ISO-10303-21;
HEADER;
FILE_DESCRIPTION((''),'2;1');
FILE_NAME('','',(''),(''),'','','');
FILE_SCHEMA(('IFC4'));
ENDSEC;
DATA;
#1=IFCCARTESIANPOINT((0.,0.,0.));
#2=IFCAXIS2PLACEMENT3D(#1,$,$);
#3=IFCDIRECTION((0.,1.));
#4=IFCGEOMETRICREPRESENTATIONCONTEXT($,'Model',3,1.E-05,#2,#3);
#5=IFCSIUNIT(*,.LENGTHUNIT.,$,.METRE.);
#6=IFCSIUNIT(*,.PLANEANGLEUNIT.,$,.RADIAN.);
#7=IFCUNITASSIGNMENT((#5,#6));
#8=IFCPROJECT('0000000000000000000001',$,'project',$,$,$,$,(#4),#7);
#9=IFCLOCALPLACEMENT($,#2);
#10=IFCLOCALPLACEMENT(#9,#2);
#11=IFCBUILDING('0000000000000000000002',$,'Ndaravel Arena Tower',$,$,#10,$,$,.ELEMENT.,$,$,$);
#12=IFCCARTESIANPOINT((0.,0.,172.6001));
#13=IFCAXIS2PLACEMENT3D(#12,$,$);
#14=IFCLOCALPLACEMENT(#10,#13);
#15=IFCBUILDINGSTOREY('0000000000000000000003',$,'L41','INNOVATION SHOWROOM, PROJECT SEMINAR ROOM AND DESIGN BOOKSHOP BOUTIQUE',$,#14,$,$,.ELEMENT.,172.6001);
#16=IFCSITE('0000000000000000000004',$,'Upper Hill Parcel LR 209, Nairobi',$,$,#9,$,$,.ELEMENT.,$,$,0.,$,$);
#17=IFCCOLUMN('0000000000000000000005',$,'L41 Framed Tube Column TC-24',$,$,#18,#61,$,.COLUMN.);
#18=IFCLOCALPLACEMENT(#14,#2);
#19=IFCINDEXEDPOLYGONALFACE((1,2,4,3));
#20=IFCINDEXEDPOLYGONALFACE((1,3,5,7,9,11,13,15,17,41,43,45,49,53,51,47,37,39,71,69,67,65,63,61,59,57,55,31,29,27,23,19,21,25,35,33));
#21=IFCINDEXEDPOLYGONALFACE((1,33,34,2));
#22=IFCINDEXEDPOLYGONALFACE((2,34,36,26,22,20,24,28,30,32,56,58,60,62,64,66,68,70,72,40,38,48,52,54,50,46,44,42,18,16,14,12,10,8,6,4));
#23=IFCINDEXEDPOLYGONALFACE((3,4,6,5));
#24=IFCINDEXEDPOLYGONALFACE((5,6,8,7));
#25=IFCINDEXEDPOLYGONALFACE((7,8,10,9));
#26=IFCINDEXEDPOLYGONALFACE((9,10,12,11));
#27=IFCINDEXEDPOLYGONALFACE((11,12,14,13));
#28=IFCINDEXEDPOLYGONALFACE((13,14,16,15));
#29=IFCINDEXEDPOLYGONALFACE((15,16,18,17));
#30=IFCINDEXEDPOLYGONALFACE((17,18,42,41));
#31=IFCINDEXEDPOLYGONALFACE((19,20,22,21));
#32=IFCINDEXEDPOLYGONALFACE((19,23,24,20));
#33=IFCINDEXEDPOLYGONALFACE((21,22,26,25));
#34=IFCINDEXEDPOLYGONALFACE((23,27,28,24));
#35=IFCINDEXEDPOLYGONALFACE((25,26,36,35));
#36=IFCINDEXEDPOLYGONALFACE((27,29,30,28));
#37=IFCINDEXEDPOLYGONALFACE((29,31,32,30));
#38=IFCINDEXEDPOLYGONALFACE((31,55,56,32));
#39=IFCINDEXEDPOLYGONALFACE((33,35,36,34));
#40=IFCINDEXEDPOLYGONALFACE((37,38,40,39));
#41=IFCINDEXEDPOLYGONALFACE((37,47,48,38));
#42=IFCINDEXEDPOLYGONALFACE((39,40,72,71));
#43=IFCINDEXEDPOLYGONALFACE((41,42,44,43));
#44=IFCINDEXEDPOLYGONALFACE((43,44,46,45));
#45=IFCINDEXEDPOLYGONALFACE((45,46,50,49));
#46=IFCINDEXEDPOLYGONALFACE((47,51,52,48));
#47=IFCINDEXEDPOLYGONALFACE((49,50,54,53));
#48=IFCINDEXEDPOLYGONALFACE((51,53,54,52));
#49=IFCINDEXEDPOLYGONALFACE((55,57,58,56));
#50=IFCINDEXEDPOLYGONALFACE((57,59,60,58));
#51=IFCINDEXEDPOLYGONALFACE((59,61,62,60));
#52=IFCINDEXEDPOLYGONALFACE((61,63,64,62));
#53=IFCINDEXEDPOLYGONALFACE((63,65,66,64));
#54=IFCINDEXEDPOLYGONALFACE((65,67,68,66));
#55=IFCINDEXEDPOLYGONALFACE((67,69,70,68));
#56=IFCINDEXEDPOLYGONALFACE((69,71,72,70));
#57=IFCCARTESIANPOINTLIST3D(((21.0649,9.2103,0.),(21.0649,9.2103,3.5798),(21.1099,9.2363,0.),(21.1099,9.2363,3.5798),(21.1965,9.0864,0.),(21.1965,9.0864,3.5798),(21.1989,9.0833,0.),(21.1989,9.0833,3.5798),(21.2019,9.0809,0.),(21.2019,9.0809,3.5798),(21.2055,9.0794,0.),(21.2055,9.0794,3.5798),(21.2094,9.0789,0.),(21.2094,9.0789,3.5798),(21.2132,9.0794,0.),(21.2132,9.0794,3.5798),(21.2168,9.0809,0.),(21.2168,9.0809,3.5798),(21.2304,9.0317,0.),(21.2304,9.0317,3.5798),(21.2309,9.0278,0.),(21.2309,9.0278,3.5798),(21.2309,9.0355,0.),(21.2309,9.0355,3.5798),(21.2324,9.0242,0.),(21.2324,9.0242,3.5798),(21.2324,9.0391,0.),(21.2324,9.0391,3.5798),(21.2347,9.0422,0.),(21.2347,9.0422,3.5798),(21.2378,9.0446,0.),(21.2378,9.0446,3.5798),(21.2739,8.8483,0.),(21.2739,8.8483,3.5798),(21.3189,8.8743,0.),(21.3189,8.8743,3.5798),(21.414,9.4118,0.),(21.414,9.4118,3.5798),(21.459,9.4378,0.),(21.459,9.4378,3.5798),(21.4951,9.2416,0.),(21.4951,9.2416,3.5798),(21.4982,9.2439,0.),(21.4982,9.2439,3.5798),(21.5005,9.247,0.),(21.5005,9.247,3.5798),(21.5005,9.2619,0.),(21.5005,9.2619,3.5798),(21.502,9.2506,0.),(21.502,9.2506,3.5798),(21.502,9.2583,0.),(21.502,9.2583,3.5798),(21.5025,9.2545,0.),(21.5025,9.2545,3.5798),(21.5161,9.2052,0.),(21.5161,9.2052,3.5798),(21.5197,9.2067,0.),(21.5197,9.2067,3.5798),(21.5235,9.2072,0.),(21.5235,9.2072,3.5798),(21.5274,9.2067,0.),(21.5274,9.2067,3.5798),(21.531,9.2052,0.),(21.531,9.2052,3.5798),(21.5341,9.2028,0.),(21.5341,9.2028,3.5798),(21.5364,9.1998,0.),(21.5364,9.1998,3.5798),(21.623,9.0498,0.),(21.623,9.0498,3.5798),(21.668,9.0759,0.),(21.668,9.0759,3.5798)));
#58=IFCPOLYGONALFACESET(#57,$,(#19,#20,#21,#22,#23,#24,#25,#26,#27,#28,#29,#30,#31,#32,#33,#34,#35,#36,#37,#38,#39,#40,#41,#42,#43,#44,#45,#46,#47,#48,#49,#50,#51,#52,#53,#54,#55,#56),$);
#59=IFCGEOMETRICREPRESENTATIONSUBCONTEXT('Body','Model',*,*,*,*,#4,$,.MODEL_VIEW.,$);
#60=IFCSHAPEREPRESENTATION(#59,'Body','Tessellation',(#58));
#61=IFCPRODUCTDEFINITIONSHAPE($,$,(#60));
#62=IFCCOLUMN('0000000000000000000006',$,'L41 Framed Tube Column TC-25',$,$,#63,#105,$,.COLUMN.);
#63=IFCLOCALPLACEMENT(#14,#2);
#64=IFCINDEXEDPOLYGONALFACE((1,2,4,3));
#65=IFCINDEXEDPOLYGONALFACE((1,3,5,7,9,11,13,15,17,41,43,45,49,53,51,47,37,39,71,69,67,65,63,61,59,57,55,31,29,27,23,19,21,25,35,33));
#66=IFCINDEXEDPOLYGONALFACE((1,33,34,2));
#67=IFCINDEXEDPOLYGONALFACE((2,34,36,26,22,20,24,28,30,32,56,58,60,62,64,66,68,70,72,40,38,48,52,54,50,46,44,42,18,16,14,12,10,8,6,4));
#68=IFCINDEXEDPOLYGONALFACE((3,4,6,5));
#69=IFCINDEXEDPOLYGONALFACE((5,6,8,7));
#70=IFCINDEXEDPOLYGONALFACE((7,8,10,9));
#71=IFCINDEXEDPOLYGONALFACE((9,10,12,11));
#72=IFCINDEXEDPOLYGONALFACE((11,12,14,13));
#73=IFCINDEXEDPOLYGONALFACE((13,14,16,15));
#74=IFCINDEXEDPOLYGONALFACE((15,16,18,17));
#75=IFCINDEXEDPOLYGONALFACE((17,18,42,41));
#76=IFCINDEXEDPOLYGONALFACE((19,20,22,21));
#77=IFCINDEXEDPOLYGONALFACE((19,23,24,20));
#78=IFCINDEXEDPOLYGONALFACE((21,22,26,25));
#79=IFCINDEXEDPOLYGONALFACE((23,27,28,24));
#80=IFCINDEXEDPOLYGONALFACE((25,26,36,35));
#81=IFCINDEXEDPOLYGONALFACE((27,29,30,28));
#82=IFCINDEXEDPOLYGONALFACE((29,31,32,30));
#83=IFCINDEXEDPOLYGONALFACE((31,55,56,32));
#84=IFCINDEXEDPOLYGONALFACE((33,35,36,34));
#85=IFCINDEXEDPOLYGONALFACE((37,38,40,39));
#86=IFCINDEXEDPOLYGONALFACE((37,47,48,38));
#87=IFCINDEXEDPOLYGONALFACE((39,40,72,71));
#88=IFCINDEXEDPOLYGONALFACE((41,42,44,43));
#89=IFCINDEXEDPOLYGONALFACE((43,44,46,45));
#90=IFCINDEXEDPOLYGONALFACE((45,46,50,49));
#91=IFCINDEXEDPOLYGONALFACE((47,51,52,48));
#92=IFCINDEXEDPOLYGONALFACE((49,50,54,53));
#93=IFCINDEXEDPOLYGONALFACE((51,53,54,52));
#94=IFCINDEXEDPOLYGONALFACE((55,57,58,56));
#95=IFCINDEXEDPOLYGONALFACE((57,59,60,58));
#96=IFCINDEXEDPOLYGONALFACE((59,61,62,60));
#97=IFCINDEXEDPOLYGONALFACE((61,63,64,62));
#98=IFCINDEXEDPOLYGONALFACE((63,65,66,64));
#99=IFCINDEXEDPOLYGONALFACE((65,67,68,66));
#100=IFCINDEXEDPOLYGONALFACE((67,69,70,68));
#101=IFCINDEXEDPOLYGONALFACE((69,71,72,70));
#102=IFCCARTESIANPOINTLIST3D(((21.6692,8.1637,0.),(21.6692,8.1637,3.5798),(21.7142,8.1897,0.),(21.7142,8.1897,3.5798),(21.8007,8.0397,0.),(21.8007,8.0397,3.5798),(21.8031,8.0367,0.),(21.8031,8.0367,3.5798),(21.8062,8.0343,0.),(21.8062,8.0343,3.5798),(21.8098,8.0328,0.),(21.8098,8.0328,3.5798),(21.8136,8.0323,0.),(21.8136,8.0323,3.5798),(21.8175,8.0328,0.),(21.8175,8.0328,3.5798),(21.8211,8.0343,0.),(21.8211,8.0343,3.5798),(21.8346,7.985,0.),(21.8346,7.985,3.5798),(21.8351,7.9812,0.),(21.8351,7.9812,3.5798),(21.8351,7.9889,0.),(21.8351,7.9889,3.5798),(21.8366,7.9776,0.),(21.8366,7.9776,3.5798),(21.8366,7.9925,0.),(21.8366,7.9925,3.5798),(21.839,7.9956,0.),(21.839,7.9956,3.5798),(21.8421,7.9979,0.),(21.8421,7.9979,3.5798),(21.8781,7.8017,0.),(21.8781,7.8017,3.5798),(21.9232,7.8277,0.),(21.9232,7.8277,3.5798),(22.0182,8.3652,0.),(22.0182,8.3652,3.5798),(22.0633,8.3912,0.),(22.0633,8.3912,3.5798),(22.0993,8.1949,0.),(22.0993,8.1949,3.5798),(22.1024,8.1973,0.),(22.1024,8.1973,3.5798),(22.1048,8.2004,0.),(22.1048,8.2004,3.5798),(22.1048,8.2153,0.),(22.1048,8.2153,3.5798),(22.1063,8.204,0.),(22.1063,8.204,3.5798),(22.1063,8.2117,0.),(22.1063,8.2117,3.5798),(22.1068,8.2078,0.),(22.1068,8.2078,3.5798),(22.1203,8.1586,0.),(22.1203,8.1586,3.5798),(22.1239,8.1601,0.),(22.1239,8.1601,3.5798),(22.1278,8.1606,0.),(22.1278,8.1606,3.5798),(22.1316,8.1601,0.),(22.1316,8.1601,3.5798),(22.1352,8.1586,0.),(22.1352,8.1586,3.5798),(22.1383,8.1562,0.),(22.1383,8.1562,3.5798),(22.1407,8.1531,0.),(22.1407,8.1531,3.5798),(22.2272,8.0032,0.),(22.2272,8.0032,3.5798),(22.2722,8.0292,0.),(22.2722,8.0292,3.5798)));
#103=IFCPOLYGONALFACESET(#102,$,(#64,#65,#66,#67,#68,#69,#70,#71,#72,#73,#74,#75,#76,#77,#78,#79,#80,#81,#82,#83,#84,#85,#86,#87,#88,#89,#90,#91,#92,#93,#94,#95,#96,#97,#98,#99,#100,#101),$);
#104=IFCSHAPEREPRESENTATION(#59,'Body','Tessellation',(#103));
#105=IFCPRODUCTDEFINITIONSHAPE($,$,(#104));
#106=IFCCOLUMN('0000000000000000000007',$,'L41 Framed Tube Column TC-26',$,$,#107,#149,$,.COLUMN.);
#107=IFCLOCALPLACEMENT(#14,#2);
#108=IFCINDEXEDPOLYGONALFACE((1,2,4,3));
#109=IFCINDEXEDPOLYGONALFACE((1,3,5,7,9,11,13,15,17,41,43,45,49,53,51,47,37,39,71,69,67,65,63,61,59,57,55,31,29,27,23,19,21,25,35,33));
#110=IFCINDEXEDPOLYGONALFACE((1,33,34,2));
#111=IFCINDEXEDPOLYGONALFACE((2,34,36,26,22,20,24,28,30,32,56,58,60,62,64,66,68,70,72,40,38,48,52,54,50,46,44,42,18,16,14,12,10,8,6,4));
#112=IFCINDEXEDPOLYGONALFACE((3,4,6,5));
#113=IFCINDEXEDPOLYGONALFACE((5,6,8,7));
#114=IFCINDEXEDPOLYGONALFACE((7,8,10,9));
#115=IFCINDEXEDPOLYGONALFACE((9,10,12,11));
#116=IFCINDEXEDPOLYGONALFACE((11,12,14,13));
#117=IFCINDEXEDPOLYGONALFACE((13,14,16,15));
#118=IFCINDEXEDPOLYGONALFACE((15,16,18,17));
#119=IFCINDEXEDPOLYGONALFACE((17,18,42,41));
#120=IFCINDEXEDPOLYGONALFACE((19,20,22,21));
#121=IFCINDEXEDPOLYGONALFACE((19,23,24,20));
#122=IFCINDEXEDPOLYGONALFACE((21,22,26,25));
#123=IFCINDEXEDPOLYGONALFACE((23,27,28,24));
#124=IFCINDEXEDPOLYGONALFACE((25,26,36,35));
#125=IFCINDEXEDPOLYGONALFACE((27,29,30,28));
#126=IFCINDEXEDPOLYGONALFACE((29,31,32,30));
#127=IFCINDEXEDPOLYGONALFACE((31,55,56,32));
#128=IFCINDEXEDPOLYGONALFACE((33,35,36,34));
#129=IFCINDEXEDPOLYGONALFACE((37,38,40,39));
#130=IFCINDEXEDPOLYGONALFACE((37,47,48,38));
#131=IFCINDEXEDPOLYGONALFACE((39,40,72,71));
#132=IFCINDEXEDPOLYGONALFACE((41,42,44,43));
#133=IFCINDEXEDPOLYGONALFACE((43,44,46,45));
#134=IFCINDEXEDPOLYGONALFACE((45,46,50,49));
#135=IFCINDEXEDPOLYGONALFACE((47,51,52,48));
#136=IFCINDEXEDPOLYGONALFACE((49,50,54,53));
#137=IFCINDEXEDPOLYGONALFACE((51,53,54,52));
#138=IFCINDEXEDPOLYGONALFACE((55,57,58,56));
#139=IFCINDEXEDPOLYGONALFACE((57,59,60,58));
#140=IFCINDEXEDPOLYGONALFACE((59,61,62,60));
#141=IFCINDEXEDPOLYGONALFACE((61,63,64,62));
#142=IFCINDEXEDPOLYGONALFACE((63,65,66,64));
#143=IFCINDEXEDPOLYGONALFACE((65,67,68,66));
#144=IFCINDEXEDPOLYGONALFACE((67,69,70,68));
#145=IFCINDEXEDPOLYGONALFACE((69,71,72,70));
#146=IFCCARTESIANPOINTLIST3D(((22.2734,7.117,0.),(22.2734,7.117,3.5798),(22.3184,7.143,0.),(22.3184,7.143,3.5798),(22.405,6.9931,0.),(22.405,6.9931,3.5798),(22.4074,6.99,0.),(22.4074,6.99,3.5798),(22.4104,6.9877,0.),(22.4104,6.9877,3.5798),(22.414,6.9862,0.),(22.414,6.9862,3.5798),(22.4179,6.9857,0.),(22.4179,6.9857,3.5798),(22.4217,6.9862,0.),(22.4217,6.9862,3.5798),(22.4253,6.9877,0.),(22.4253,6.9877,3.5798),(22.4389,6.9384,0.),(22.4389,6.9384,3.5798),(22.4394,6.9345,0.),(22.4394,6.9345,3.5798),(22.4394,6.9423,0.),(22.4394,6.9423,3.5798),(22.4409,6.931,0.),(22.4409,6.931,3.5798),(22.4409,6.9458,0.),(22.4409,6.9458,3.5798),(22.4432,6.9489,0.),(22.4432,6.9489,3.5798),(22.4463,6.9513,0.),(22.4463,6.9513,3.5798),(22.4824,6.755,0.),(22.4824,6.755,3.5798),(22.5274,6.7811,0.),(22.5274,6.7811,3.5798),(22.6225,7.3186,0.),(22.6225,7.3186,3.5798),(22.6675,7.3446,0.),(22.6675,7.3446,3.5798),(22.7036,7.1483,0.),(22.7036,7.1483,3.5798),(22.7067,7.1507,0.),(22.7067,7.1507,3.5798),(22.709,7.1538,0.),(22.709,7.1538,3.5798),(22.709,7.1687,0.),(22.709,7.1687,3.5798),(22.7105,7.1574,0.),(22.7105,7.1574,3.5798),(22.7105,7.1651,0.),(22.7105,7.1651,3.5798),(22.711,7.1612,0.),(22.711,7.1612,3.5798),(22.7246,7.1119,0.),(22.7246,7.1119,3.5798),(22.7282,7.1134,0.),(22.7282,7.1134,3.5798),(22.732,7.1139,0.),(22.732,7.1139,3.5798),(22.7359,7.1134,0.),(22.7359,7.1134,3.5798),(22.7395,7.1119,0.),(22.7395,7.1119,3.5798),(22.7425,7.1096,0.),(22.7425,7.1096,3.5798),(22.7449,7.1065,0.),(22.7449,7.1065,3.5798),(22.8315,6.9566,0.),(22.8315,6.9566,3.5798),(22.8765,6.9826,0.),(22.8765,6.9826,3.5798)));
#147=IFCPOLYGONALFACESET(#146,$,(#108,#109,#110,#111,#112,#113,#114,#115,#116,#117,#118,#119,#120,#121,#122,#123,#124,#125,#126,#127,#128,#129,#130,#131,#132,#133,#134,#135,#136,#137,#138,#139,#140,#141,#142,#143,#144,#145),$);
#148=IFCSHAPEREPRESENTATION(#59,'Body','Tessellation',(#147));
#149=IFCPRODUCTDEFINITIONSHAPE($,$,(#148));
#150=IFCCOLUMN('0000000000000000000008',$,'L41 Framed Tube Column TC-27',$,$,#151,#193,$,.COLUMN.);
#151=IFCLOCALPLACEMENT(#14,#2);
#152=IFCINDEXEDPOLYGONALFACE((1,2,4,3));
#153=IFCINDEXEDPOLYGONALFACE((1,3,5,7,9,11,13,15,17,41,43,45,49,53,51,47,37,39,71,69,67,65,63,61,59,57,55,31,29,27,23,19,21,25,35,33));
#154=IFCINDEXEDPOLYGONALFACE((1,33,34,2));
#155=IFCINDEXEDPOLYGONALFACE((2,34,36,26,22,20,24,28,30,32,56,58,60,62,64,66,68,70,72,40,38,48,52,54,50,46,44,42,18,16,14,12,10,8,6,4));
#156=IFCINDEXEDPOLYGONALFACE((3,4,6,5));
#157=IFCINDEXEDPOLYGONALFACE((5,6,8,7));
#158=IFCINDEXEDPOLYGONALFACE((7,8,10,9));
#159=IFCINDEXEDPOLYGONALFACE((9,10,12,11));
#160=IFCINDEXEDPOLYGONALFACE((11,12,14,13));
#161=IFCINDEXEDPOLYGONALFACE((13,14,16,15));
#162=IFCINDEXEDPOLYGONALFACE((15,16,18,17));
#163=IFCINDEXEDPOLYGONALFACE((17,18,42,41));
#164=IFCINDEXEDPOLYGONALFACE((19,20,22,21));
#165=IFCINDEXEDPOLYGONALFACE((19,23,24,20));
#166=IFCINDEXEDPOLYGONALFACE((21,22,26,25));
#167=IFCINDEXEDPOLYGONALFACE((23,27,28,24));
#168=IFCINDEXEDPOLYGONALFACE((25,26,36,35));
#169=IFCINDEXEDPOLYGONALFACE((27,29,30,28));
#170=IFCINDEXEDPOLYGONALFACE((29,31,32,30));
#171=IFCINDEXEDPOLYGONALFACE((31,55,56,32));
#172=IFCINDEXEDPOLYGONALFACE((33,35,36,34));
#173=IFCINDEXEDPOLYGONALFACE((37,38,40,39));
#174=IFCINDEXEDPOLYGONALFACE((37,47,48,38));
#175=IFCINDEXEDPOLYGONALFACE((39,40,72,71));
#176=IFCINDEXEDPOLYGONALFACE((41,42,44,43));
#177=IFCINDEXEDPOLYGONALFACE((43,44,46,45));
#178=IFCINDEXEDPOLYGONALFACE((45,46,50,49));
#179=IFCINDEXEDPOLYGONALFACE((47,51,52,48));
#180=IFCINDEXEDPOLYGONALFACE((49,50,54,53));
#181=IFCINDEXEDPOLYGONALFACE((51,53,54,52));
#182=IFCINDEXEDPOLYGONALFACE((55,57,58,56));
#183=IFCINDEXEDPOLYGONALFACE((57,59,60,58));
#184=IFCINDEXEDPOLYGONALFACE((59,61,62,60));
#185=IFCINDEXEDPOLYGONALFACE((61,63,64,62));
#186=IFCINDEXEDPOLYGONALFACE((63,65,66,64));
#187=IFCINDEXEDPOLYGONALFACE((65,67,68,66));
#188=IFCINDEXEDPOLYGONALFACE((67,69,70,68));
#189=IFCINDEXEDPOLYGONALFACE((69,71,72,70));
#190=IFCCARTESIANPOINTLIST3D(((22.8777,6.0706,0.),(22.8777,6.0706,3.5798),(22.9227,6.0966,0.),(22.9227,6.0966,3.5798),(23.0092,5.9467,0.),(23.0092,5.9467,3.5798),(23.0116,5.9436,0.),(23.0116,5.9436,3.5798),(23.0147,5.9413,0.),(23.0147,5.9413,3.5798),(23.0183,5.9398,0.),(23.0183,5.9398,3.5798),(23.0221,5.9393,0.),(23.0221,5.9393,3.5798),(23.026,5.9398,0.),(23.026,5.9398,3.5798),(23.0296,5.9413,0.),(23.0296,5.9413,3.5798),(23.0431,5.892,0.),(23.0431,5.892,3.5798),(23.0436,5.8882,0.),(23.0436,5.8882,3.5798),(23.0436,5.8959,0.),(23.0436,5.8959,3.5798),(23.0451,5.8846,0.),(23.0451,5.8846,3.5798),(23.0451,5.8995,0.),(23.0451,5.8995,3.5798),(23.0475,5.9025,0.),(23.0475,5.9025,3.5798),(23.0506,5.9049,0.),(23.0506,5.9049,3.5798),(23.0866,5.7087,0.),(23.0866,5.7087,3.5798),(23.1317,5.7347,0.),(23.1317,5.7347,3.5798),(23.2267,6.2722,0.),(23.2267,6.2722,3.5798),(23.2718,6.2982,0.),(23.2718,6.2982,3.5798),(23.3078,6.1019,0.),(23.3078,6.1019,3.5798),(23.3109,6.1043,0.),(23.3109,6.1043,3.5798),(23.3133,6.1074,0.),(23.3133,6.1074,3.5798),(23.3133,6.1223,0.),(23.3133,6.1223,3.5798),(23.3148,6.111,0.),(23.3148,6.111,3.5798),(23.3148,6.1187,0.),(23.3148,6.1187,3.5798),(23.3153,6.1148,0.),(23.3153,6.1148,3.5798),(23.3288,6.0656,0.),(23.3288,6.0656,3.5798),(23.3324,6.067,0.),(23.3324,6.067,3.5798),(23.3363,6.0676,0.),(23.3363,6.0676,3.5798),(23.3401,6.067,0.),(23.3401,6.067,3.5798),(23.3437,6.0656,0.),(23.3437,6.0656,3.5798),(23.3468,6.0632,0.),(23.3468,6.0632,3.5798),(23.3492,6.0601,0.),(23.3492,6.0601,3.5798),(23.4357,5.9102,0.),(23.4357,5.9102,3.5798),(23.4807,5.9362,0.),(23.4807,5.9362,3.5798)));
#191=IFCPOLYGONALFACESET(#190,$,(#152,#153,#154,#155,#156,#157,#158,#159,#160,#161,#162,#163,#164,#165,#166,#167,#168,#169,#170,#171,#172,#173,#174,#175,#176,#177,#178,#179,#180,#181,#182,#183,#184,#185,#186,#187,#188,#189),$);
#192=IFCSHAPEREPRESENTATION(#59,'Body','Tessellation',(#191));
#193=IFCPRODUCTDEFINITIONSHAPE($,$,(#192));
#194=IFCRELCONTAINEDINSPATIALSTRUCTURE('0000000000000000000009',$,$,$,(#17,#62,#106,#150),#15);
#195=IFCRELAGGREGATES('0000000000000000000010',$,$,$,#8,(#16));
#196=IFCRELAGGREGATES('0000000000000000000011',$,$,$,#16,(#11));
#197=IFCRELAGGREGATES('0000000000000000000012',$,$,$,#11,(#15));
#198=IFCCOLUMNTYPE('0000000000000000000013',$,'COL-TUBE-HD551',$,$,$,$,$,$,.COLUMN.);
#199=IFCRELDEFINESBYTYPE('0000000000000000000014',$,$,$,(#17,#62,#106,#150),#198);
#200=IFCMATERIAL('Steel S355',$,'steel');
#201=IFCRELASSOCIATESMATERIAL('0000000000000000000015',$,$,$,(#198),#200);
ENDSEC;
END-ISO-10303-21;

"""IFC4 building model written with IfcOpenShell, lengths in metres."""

from ifc_helpers import new_model, si_unit, direction, frame, origin, origin_2d, place, context, subcontext, project, spatial, i_section, extrude, material, material_profile, profile_set, type_object, element, save


model = new_model("IFC4")

# Units and contexts
model_context = context("Model", 3, precision=1e-05, world=origin(), true_north=direction((0.0, 1.0)))
body_context = subcontext(model_context, "Body", "Model", "MODEL_VIEW")
ifc_project = project(units=[si_unit("LENGTHUNIT", "METRE"), si_unit("PLANEANGLEUNIT", "RADIAN")], contexts=[model_context])

# Site, building, storey
site_placement = place(None, origin())
site = spatial("IfcSite", under=ifc_project, at=site_placement, Name="Upper Hill Parcel LR 209, Nairobi", CompositionType="ELEMENT", RefElevation=0.0)
building_placement = place(site_placement, origin())
building = spatial("IfcBuilding", under=site, at=building_placement, Name="Ndaravel Arena Tower", CompositionType="ELEMENT")
storey_placement = place(building_placement, frame((0.0, 0.0, 172.6001)))
storey = spatial("IfcBuildingStorey", under=building, at=storey_placement, Name="L41", Description="INNOVATION SHOWROOM, PROJECT SEMINAR ROOM AND DESIGN BOOKSHOP BOUTIQUE", CompositionType="ELEMENT", Elevation=172.6001)

# Columns
ifc_material_1 = material(Name="Steel S355", Category="steel")
ifc_material_profile_1 = material_profile(ifc_material_1, i_section(OverallWidth=0.418, OverallDepth=0.4551, WebThickness=0.042, FlangeThickness=0.052, FilletRadius=0.0149, at=origin_2d()), Name="HD 400x551")
ifc_profile_set_1 = profile_set([ifc_material_profile_1], Name="Steel S355")
column_type = type_object("IfcColumnType", Name="COL-TUBE-HD551", PredefinedType="COLUMN", material=ifc_profile_set_1)
for number, where, z_axis, x_axis, name in (
    (1, (21.3665, 9.1431, 0.0), (0.0, 0.0, 1.0), (-0.5, 0.866025, 0.0), "L41 Framed Tube Column TC-24"),
    (2, (21.9707, 8.0964, 0.0), (0.0, 0.0, 1.0), (-0.5, 0.866025, 0.0), "L41 Framed Tube Column TC-25"),
    (3, (22.575, 7.0498, 0.0), (0.0, 0.0, 1.0), (-0.5, 0.866025, 0.0), "L41 Framed Tube Column TC-26"),
    (4, (23.1792, 6.0034, 0.0), (0.0, 0.0, 1.0), (-0.5, 0.866025, 0.0), "L41 Framed Tube Column TC-27"),
):
    element("IfcColumn", number, at=place(storey_placement, frame(where, z_axis=z_axis, x_axis=x_axis)), inside=storey, type_object=column_type, Name=name, PredefinedType="COLUMN", context=body_context, shape_type="SweptSolid", body=[
        extrude(i_section(OverallWidth=0.418, OverallDepth=0.4551, WebThickness=0.042, FlangeThickness=0.052, FilletRadius=0.0149, at=origin_2d()), origin(), (0.0, 0.0, 1.0), 3.5798),
    ])

save(model, "model.ifc")
